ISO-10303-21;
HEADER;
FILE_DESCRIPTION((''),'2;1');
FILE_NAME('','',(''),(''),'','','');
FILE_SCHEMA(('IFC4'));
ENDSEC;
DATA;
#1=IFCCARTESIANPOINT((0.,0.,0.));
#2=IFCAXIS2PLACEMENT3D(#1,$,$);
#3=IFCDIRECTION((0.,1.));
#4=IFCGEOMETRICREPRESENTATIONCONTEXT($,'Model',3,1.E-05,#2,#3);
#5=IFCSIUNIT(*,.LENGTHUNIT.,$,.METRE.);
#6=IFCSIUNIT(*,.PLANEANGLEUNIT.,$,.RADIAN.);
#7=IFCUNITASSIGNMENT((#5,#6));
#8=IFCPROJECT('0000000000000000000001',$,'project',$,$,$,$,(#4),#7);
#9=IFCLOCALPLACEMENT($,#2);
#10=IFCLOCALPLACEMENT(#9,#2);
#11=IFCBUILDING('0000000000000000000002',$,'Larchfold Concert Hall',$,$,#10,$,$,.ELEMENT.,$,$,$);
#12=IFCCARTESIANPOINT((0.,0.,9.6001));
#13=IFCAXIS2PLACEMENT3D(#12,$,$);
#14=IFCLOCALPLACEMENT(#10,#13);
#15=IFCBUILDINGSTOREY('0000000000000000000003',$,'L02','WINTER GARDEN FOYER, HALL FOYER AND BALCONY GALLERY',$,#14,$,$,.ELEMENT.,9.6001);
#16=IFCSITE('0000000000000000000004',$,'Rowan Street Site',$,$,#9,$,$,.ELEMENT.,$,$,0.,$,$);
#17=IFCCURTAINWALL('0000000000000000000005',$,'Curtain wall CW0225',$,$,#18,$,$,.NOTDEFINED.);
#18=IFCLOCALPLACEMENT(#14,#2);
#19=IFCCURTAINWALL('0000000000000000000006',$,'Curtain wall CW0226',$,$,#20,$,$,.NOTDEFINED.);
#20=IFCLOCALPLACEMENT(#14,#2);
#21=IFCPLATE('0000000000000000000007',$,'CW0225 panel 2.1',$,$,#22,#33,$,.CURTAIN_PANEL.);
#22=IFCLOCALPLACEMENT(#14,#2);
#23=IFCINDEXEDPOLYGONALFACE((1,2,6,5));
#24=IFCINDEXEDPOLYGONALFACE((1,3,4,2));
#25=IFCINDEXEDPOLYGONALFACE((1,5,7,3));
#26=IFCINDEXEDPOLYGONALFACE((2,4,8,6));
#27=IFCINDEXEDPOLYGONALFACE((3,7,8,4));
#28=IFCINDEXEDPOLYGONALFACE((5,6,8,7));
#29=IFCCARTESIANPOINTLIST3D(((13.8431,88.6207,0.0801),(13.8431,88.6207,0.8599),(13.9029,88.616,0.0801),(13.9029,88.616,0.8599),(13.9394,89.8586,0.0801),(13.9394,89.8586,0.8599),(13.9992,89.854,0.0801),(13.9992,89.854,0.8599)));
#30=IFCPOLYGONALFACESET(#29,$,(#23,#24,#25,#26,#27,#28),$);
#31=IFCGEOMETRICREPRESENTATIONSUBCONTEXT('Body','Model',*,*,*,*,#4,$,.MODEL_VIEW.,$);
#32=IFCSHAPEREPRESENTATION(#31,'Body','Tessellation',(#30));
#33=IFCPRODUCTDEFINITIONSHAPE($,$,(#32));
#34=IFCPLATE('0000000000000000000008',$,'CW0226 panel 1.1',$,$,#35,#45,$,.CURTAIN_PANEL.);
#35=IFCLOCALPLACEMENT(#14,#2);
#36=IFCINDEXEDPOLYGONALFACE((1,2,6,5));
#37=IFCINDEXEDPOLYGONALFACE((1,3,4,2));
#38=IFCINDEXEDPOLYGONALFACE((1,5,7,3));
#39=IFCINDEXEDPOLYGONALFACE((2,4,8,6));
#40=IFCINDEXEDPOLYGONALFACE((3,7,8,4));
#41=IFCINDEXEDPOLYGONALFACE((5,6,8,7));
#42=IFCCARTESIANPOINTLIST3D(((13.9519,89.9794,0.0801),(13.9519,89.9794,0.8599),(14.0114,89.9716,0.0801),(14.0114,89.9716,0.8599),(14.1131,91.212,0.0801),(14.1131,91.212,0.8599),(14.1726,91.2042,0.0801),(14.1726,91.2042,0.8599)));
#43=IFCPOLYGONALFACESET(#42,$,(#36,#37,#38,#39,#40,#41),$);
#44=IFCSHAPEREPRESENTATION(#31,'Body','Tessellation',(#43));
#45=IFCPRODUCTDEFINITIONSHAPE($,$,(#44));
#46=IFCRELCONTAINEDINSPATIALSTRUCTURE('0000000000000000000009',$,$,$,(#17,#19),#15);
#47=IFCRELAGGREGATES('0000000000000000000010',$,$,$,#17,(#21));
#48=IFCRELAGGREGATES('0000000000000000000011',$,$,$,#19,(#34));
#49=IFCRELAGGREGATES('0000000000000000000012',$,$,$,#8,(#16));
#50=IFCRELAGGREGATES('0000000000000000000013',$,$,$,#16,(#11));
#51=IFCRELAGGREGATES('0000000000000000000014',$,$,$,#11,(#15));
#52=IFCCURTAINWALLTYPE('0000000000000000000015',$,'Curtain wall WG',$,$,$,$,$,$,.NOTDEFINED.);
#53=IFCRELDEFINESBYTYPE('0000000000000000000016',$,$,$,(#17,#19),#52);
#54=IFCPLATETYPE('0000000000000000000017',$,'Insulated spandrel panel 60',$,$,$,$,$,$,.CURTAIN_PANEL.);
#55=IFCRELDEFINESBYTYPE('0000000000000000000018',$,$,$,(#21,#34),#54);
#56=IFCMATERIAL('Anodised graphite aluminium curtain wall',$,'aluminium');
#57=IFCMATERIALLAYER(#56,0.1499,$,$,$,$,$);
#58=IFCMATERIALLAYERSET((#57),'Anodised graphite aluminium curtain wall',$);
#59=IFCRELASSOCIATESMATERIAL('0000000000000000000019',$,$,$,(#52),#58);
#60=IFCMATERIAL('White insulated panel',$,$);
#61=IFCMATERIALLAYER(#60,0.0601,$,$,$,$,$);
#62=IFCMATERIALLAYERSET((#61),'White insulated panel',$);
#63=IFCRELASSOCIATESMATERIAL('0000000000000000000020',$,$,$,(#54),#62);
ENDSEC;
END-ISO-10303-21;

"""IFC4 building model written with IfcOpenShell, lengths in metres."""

from ifc_helpers import new_model, si_unit, direction, frame, origin, origin_2d, place, context, subcontext, project, spatial, rectangle, extrude, material, layer, layer_set, type_object, element, aggregate, save


model = new_model("IFC4")

# Units and contexts
model_context = context("Model", 3, precision=1e-05, world=origin(), true_north=direction((0.0, 1.0)))
body_context = subcontext(model_context, "Body", "Model", "MODEL_VIEW")
ifc_project = project(units=[si_unit("LENGTHUNIT", "METRE"), si_unit("PLANEANGLEUNIT", "RADIAN")], contexts=[model_context])

# Site, building, storey
site_placement = place(None, origin())
site = spatial("IfcSite", under=ifc_project, at=site_placement, Name="Rowan Street Site", CompositionType="ELEMENT", RefElevation=0.0)
building_placement = place(site_placement, origin())
building = spatial("IfcBuilding", under=site, at=building_placement, Name="Larchfold Concert Hall", CompositionType="ELEMENT")
storey_placement = place(building_placement, frame((0.0, 0.0, 9.6001)))
storey = spatial("IfcBuildingStorey", under=building, at=storey_placement, Name="L02", Description="WINTER GARDEN FOYER, HALL FOYER AND BALCONY GALLERY", CompositionType="ELEMENT", Elevation=9.6001)

# Shared definitions
ifc_material_1 = material(Name="Anodised graphite aluminium curtain wall", Category="aluminium")
ifc_layer_1 = layer(ifc_material_1, 0.1499)
ifc_layer_set_1 = layer_set([ifc_layer_1], Name="Anodised graphite aluminium curtain wall")
curtain_wall_type = type_object("IfcCurtainWallType", Name="Curtain wall WG", PredefinedType="NOTDEFINED", material=ifc_layer_set_1)

# Curtain walls
curtain_wall_1_placement = place(storey_placement, origin())
curtain_wall_1 = element("IfcCurtainWall", 1, at=curtain_wall_1_placement, inside=storey, type_object=curtain_wall_type, Name="Curtain wall CW0225", PredefinedType="NOTDEFINED")
curtain_wall_2_placement = place(storey_placement, origin())
curtain_wall_2 = element("IfcCurtainWall", 2, at=curtain_wall_2_placement, inside=storey, type_object=curtain_wall_type, Name="Curtain wall CW0226", PredefinedType="NOTDEFINED")

# Plates
ifc_material_2 = material(Name="White insulated panel")
ifc_layer_2 = layer(ifc_material_2, 0.0601)
ifc_layer_set_2 = layer_set([ifc_layer_2], Name="White insulated panel")
plate_type_1 = type_object("IfcPlateType", Name="Insulated spandrel panel 60", PredefinedType="CURTAIN_PANEL", material=ifc_layer_set_2)
plate_1_placement = place(storey_placement, frame((13.9211, 89.2373, 0.0801), z_axis=(0.0, 0.0, 1.0), x_axis=(0.077552, 0.996988, 0.0)))
plate_1 = element("IfcPlate", 3, at=plate_1_placement, type_object=plate_type_1, Name="CW0225 panel 2.1", PredefinedType="CURTAIN_PANEL", context=body_context, shape_type="SweptSolid", body=[
    extrude(rectangle(XDim=1.2417, YDim=0.0601, at=origin_2d()), origin(), (0.0, 0.0, 1.0), 0.7798),
])
aggregate(curtain_wall_1, [plate_1])
plate_2_placement = place(storey_placement, frame((14.0623, 90.5918, 0.0801), z_axis=(0.0, 0.0, 1.0), x_axis=(0.129644, 0.991561, 0.0)))
plate_2 = element("IfcPlate", 4, at=plate_2_placement, type_object=plate_type_1, Name="CW0226 panel 1.1", PredefinedType="CURTAIN_PANEL", context=body_context, shape_type="SweptSolid", body=[
    extrude(rectangle(XDim=1.2432, YDim=0.0601, at=origin_2d()), origin(), (0.0, 0.0, 1.0), 0.7798),
])
aggregate(curtain_wall_2, [plate_2])

save(model, "model.ifc")
